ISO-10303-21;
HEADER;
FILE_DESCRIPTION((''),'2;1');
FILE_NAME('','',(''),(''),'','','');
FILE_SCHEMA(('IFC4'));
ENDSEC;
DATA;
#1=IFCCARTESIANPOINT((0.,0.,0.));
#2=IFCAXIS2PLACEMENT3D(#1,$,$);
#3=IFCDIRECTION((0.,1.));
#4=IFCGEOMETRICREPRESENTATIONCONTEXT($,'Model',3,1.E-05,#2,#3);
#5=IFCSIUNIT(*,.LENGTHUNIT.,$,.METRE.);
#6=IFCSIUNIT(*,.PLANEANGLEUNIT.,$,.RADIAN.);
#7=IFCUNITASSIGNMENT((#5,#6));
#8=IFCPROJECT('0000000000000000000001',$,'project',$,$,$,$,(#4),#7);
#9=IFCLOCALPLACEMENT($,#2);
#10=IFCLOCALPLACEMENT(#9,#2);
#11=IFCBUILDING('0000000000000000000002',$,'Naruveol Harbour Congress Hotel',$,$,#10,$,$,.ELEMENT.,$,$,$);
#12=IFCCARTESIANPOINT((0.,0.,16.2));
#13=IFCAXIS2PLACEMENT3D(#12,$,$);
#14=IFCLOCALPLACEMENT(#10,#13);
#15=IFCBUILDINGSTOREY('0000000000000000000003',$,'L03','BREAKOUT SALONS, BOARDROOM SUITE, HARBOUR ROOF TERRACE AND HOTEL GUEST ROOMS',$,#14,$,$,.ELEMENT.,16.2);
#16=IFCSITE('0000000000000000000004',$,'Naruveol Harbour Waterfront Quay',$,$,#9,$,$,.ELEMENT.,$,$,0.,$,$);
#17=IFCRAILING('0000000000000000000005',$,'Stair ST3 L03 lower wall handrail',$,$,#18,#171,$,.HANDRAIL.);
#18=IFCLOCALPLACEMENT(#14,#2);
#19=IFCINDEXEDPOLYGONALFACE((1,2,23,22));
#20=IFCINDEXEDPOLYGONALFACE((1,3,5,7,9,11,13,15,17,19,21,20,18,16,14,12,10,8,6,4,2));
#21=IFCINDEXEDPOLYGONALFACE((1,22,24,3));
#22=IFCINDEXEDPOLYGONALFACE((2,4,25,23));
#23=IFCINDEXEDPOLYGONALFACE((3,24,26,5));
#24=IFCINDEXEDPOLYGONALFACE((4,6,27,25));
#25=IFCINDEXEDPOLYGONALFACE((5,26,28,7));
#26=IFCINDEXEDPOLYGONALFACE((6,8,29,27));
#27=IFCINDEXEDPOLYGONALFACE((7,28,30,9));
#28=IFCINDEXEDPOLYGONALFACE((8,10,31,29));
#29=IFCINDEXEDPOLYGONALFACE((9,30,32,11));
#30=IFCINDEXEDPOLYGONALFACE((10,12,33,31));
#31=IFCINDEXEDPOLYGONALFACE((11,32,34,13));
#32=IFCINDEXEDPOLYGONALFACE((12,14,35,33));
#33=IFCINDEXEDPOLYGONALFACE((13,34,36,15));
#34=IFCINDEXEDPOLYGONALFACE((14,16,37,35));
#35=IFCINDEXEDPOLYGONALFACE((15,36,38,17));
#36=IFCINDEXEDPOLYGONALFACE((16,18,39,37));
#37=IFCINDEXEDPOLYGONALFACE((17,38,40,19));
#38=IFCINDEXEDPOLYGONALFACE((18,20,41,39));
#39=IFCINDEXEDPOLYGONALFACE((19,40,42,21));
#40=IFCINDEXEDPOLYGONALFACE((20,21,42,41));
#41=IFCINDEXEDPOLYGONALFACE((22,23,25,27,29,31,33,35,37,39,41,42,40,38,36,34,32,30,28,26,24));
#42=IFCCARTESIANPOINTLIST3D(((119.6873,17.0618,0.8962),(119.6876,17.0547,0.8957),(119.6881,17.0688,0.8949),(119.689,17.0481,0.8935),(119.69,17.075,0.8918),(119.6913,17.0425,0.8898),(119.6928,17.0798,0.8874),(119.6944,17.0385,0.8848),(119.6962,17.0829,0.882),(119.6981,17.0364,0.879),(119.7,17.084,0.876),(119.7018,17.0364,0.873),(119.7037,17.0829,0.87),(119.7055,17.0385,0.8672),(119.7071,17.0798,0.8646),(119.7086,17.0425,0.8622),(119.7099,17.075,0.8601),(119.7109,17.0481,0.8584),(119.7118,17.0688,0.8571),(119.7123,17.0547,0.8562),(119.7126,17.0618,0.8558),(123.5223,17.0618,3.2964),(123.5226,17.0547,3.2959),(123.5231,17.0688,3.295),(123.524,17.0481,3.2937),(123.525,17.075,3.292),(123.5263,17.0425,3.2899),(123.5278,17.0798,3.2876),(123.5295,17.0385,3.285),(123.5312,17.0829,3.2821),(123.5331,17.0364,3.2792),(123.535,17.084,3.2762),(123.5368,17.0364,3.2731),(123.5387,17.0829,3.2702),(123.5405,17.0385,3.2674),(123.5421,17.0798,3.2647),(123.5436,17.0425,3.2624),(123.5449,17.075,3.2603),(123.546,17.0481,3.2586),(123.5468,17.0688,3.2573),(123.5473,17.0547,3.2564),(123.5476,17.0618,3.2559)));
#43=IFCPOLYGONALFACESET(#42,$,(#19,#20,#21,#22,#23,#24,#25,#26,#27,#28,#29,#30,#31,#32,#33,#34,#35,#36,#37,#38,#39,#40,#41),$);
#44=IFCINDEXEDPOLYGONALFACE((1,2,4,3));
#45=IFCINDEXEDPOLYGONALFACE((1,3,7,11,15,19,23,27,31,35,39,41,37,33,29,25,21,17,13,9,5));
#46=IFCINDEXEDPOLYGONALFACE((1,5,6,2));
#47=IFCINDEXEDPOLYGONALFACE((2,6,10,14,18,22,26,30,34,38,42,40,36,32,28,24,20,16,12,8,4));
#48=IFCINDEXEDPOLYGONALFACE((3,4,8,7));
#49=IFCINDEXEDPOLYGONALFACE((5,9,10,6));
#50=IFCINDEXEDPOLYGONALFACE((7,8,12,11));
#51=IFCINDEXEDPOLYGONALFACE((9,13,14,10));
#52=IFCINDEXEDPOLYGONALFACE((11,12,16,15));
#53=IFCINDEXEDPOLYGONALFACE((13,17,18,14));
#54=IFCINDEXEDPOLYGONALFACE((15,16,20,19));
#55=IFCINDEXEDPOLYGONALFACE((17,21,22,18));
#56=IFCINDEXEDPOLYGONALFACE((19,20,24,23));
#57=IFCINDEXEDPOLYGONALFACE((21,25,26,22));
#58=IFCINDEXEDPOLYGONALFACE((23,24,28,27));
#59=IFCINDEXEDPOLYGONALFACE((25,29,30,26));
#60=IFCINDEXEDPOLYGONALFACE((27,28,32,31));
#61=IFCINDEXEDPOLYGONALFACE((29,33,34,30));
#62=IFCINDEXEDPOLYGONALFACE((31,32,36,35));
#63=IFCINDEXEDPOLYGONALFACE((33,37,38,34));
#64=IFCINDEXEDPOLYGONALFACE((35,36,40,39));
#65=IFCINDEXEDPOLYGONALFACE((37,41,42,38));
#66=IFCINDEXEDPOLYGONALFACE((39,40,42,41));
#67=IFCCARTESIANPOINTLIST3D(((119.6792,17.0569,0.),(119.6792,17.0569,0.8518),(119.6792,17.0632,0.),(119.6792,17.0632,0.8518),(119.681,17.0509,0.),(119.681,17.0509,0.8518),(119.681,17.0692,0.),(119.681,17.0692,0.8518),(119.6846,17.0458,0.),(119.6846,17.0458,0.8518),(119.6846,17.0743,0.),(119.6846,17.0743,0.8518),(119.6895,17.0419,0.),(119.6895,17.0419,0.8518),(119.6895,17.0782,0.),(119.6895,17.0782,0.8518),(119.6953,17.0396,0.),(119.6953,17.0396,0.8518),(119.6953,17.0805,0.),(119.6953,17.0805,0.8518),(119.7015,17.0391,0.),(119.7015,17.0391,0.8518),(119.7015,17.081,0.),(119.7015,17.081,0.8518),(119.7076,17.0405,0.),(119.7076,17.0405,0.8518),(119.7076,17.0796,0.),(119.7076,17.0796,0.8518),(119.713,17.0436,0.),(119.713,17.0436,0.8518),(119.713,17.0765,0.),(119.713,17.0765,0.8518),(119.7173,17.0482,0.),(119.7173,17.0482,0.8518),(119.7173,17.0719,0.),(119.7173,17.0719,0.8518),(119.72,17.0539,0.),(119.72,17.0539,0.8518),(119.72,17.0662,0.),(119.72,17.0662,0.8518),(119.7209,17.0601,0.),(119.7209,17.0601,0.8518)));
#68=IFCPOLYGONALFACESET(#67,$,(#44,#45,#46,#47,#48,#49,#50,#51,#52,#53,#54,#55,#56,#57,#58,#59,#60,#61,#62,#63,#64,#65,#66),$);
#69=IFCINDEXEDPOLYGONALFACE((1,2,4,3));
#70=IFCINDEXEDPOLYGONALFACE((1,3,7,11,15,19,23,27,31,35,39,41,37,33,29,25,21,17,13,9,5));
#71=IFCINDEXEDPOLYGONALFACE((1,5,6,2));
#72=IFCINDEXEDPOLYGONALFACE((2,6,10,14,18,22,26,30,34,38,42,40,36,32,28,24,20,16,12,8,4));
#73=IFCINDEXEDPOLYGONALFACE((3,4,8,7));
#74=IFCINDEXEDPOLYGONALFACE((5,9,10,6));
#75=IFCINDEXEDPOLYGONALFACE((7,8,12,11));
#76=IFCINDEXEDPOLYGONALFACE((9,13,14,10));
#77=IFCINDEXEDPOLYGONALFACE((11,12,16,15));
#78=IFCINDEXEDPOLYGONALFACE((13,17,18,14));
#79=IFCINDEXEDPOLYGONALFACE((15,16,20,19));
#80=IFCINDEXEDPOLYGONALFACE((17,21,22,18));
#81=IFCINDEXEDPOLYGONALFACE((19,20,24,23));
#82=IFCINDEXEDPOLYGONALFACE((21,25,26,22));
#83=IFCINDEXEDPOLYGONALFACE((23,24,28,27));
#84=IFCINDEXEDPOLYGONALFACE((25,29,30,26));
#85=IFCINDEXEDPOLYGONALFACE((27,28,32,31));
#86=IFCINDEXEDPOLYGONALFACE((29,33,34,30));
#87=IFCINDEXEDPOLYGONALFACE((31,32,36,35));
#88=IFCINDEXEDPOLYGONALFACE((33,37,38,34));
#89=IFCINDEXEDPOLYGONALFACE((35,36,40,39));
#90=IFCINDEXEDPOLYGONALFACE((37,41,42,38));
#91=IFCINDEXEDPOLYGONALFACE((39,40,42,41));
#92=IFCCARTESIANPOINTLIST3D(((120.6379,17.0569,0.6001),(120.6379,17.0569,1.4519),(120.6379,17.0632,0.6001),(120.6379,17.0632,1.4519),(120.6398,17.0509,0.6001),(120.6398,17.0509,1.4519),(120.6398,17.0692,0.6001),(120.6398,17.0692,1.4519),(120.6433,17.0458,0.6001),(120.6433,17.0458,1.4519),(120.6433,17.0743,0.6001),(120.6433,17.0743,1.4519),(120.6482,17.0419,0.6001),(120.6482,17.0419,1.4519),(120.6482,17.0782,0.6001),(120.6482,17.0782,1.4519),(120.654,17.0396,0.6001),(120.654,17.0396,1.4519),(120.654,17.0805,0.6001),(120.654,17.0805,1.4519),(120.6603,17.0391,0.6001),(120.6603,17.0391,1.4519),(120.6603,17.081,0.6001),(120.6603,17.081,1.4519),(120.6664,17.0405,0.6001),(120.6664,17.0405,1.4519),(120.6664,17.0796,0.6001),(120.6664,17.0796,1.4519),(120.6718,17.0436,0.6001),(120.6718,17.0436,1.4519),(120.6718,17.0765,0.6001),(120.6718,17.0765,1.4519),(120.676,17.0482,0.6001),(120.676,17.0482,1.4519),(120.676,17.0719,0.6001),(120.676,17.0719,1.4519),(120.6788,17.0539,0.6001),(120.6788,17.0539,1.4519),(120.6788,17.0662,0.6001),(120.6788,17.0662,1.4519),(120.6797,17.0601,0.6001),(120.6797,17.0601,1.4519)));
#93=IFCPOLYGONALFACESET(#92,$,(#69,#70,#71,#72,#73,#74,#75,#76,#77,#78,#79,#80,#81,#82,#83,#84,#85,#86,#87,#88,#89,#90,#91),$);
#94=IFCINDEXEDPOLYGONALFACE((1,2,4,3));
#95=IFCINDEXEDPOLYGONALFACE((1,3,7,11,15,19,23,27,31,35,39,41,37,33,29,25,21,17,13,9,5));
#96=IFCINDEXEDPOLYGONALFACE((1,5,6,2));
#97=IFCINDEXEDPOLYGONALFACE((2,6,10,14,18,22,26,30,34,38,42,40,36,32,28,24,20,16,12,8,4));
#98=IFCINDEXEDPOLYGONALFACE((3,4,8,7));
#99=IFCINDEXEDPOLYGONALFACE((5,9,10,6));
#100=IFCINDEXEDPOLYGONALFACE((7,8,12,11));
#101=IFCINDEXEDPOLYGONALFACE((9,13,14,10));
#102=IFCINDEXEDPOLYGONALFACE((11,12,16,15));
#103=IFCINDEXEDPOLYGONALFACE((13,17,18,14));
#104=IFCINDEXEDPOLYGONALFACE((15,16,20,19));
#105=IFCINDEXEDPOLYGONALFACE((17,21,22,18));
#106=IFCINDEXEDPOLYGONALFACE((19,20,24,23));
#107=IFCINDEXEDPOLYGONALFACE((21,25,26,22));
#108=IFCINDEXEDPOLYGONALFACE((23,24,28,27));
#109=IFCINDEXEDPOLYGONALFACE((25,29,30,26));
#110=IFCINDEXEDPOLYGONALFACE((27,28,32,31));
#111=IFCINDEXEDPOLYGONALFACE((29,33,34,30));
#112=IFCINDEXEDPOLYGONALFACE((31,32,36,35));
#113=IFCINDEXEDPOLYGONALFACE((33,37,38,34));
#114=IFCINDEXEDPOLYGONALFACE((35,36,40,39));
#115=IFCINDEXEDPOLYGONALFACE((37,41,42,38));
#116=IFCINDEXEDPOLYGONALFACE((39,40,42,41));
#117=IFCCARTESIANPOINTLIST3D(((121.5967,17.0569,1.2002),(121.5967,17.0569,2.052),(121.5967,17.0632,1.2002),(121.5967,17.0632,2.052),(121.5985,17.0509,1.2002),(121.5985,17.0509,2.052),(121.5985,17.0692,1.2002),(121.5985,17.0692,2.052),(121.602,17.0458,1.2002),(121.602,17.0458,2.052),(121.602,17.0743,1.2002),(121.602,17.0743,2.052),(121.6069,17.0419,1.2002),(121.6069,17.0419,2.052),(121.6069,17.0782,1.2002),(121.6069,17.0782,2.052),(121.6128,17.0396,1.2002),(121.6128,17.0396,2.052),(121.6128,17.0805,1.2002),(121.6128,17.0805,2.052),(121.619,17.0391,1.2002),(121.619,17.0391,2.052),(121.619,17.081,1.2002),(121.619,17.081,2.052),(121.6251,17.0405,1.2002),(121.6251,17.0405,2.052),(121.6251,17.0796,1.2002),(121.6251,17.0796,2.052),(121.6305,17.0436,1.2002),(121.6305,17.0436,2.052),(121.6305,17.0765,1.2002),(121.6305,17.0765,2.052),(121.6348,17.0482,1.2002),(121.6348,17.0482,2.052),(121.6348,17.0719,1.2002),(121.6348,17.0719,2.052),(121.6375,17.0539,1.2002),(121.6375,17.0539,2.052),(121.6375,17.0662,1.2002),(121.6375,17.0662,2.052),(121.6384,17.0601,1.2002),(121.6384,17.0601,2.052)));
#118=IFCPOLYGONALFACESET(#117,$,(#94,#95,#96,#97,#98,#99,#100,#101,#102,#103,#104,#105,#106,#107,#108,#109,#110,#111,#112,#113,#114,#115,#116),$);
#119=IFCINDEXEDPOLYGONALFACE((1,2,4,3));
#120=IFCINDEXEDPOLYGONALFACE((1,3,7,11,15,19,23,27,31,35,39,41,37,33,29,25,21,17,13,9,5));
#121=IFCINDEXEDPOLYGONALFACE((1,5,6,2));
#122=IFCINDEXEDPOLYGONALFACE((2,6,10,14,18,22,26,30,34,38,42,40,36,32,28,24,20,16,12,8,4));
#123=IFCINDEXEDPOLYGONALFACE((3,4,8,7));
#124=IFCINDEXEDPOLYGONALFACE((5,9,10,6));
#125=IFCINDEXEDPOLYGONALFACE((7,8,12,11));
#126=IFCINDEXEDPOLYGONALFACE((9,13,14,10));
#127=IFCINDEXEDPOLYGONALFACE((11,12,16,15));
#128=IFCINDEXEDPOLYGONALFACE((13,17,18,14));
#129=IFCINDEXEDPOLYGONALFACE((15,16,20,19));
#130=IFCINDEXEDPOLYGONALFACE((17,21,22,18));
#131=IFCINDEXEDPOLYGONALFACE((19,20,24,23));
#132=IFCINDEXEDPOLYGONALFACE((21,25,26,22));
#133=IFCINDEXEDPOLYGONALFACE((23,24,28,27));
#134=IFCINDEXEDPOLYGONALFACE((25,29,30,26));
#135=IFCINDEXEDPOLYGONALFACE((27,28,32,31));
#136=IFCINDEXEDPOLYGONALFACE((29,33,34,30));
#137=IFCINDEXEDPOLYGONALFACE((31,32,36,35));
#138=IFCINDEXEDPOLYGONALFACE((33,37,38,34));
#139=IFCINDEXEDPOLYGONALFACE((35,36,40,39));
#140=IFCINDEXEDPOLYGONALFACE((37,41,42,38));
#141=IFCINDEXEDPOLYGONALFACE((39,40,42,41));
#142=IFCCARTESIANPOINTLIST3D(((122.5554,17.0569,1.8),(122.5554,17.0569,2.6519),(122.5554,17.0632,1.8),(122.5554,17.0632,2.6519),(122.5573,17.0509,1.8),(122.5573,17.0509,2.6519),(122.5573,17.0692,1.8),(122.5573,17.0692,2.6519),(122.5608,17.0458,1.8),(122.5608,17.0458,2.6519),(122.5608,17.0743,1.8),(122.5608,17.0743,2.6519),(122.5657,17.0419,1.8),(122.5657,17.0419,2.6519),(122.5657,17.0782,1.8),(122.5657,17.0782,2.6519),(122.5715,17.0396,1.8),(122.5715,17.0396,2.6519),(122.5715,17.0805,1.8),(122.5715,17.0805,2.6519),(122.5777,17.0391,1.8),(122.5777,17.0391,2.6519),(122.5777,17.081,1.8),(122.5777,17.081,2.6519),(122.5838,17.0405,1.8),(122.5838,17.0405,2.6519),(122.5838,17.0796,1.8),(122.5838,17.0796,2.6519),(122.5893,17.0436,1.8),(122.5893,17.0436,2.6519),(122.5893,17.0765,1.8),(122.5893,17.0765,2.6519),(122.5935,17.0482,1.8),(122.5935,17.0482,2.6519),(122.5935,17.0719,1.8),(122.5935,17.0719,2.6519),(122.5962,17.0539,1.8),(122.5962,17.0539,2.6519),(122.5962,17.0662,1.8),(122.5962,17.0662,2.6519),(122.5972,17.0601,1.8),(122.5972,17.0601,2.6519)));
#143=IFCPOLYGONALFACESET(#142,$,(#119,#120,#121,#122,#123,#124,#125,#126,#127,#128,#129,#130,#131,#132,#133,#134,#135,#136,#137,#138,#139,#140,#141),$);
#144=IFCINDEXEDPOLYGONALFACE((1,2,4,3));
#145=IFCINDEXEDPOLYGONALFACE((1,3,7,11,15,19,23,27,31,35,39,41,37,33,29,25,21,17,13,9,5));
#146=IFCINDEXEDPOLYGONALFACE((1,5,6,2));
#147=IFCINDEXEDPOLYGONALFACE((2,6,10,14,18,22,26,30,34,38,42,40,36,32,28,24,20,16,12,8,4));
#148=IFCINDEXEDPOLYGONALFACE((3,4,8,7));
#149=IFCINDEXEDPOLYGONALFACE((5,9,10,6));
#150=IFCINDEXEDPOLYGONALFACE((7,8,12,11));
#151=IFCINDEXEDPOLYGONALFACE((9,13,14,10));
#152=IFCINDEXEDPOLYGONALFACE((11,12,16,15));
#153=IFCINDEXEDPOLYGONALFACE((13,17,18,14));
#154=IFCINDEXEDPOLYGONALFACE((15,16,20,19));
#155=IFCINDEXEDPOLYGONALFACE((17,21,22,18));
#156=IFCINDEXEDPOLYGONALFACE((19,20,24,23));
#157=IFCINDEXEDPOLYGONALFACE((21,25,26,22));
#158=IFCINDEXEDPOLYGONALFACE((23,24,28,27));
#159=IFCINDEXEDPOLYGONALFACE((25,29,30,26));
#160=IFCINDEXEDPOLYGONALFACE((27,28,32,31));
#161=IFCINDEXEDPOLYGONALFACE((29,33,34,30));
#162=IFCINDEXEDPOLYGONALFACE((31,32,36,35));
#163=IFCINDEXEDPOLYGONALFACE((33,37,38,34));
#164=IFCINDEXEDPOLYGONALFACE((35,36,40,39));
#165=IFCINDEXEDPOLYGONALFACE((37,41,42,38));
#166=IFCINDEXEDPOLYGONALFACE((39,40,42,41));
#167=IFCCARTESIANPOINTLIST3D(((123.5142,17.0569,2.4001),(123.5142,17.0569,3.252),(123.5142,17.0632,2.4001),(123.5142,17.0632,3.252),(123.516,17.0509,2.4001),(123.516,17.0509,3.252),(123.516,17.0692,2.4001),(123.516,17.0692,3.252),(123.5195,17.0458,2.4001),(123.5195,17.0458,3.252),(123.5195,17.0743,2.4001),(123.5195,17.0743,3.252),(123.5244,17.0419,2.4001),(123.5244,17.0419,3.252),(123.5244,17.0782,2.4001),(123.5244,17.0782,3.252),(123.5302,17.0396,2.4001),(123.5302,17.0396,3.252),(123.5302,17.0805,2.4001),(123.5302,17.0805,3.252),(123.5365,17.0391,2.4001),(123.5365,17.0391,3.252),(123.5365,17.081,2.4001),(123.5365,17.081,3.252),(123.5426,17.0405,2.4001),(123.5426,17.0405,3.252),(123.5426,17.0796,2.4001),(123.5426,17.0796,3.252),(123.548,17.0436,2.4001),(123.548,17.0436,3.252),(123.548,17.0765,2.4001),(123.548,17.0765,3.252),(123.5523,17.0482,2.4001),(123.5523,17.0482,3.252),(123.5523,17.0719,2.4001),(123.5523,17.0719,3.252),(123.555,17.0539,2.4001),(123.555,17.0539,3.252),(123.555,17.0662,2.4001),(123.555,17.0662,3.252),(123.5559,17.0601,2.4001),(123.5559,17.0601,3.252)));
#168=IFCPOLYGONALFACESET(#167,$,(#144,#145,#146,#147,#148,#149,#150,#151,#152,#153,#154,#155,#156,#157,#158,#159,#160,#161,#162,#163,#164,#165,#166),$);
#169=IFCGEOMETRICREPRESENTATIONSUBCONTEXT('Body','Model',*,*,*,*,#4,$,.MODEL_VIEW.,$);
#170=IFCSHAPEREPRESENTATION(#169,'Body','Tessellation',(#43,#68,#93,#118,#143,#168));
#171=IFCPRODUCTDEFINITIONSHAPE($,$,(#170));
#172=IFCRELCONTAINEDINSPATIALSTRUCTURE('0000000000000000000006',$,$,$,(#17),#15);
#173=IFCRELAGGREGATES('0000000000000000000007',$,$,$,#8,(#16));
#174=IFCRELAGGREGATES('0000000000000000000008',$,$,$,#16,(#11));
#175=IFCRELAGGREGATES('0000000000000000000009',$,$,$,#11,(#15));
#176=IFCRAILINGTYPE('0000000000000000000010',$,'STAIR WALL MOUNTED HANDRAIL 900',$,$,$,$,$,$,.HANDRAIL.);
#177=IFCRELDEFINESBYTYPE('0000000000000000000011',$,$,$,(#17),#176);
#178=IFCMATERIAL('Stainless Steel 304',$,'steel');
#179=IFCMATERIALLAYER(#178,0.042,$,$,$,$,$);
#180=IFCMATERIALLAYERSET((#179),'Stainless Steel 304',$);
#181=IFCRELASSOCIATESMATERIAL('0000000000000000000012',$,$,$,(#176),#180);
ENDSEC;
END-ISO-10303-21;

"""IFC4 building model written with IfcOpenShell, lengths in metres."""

from ifc_helpers import new_model, si_unit, direction, frame, origin, origin_2d, place, context, subcontext, project, spatial, circle, extrude, material, layer, layer_set, type_object, element, save


model = new_model("IFC4")

# Units and contexts
model_context = context("Model", 3, precision=1e-05, world=origin(), true_north=direction((0.0, 1.0)))
body_context = subcontext(model_context, "Body", "Model", "MODEL_VIEW")
ifc_project = project(units=[si_unit("LENGTHUNIT", "METRE"), si_unit("PLANEANGLEUNIT", "RADIAN")], contexts=[model_context])

# Site, building, storey
site_placement = place(None, origin())
site = spatial("IfcSite", under=ifc_project, at=site_placement, Name="Naruveol Harbour Waterfront Quay", CompositionType="ELEMENT", RefElevation=0.0)
building_placement = place(site_placement, origin())
building = spatial("IfcBuilding", under=site, at=building_placement, Name="Naruveol Harbour Congress Hotel", CompositionType="ELEMENT")
storey_placement = place(building_placement, frame((0.0, 0.0, 16.2)))
storey = spatial("IfcBuildingStorey", under=building, at=storey_placement, Name="L03", Description="BREAKOUT SALONS, BOARDROOM SUITE, HARBOUR ROOF TERRACE AND HOTEL GUEST ROOMS", CompositionType="ELEMENT", Elevation=16.2)

# Railing
ifc_material_1 = material(Name="Stainless Steel 304", Category="steel")
ifc_layer_1 = layer(ifc_material_1, 0.042)
ifc_layer_set_1 = layer_set([ifc_layer_1], Name="Stainless Steel 304")
railing_type_1 = type_object("IfcRailingType", Name="STAIR WALL MOUNTED HANDRAIL 900", PredefinedType="HANDRAIL", material=ifc_layer_set_1)
railing_1_placement = place(storey_placement, frame((119.7, 17.0601, 0.0)))
element("IfcRailing", 1, at=railing_1_placement, inside=storey, type_object=railing_type_1, Name="Stair ST3 L03 lower wall handrail", PredefinedType="HANDRAIL", context=body_context, shape_type="SweptSolid", body=[
    extrude(circle(Radius=0.0239, at=origin_2d()), frame((0.0, 0.0, 0.876), z_axis=(0.847671, 0.0, 0.530523), x_axis=(0.0, 1.0, 0.0)), (0.0, 0.0, 1.0), 4.5242),
    extrude(circle(Radius=0.021, at=origin_2d()), origin(), (0.0, 0.0, 1.0), 0.8518),
    extrude(circle(Radius=0.021, at=origin_2d()), frame((0.9587, 0.0, 0.6001)), (0.0, 0.0, 1.0), 0.8518),
    extrude(circle(Radius=0.021, at=origin_2d()), frame((1.9175, 0.0, 1.2002)), (0.0, 0.0, 1.0), 0.8518),
    extrude(circle(Radius=0.021, at=origin_2d()), frame((2.8762, 0.0, 1.8)), (0.0, 0.0, 1.0), 0.8518),
    extrude(circle(Radius=0.021, at=origin_2d()), frame((3.835, 0.0, 2.4001)), (0.0, 0.0, 1.0), 0.8518),
])

save(model, "model.ifc")
